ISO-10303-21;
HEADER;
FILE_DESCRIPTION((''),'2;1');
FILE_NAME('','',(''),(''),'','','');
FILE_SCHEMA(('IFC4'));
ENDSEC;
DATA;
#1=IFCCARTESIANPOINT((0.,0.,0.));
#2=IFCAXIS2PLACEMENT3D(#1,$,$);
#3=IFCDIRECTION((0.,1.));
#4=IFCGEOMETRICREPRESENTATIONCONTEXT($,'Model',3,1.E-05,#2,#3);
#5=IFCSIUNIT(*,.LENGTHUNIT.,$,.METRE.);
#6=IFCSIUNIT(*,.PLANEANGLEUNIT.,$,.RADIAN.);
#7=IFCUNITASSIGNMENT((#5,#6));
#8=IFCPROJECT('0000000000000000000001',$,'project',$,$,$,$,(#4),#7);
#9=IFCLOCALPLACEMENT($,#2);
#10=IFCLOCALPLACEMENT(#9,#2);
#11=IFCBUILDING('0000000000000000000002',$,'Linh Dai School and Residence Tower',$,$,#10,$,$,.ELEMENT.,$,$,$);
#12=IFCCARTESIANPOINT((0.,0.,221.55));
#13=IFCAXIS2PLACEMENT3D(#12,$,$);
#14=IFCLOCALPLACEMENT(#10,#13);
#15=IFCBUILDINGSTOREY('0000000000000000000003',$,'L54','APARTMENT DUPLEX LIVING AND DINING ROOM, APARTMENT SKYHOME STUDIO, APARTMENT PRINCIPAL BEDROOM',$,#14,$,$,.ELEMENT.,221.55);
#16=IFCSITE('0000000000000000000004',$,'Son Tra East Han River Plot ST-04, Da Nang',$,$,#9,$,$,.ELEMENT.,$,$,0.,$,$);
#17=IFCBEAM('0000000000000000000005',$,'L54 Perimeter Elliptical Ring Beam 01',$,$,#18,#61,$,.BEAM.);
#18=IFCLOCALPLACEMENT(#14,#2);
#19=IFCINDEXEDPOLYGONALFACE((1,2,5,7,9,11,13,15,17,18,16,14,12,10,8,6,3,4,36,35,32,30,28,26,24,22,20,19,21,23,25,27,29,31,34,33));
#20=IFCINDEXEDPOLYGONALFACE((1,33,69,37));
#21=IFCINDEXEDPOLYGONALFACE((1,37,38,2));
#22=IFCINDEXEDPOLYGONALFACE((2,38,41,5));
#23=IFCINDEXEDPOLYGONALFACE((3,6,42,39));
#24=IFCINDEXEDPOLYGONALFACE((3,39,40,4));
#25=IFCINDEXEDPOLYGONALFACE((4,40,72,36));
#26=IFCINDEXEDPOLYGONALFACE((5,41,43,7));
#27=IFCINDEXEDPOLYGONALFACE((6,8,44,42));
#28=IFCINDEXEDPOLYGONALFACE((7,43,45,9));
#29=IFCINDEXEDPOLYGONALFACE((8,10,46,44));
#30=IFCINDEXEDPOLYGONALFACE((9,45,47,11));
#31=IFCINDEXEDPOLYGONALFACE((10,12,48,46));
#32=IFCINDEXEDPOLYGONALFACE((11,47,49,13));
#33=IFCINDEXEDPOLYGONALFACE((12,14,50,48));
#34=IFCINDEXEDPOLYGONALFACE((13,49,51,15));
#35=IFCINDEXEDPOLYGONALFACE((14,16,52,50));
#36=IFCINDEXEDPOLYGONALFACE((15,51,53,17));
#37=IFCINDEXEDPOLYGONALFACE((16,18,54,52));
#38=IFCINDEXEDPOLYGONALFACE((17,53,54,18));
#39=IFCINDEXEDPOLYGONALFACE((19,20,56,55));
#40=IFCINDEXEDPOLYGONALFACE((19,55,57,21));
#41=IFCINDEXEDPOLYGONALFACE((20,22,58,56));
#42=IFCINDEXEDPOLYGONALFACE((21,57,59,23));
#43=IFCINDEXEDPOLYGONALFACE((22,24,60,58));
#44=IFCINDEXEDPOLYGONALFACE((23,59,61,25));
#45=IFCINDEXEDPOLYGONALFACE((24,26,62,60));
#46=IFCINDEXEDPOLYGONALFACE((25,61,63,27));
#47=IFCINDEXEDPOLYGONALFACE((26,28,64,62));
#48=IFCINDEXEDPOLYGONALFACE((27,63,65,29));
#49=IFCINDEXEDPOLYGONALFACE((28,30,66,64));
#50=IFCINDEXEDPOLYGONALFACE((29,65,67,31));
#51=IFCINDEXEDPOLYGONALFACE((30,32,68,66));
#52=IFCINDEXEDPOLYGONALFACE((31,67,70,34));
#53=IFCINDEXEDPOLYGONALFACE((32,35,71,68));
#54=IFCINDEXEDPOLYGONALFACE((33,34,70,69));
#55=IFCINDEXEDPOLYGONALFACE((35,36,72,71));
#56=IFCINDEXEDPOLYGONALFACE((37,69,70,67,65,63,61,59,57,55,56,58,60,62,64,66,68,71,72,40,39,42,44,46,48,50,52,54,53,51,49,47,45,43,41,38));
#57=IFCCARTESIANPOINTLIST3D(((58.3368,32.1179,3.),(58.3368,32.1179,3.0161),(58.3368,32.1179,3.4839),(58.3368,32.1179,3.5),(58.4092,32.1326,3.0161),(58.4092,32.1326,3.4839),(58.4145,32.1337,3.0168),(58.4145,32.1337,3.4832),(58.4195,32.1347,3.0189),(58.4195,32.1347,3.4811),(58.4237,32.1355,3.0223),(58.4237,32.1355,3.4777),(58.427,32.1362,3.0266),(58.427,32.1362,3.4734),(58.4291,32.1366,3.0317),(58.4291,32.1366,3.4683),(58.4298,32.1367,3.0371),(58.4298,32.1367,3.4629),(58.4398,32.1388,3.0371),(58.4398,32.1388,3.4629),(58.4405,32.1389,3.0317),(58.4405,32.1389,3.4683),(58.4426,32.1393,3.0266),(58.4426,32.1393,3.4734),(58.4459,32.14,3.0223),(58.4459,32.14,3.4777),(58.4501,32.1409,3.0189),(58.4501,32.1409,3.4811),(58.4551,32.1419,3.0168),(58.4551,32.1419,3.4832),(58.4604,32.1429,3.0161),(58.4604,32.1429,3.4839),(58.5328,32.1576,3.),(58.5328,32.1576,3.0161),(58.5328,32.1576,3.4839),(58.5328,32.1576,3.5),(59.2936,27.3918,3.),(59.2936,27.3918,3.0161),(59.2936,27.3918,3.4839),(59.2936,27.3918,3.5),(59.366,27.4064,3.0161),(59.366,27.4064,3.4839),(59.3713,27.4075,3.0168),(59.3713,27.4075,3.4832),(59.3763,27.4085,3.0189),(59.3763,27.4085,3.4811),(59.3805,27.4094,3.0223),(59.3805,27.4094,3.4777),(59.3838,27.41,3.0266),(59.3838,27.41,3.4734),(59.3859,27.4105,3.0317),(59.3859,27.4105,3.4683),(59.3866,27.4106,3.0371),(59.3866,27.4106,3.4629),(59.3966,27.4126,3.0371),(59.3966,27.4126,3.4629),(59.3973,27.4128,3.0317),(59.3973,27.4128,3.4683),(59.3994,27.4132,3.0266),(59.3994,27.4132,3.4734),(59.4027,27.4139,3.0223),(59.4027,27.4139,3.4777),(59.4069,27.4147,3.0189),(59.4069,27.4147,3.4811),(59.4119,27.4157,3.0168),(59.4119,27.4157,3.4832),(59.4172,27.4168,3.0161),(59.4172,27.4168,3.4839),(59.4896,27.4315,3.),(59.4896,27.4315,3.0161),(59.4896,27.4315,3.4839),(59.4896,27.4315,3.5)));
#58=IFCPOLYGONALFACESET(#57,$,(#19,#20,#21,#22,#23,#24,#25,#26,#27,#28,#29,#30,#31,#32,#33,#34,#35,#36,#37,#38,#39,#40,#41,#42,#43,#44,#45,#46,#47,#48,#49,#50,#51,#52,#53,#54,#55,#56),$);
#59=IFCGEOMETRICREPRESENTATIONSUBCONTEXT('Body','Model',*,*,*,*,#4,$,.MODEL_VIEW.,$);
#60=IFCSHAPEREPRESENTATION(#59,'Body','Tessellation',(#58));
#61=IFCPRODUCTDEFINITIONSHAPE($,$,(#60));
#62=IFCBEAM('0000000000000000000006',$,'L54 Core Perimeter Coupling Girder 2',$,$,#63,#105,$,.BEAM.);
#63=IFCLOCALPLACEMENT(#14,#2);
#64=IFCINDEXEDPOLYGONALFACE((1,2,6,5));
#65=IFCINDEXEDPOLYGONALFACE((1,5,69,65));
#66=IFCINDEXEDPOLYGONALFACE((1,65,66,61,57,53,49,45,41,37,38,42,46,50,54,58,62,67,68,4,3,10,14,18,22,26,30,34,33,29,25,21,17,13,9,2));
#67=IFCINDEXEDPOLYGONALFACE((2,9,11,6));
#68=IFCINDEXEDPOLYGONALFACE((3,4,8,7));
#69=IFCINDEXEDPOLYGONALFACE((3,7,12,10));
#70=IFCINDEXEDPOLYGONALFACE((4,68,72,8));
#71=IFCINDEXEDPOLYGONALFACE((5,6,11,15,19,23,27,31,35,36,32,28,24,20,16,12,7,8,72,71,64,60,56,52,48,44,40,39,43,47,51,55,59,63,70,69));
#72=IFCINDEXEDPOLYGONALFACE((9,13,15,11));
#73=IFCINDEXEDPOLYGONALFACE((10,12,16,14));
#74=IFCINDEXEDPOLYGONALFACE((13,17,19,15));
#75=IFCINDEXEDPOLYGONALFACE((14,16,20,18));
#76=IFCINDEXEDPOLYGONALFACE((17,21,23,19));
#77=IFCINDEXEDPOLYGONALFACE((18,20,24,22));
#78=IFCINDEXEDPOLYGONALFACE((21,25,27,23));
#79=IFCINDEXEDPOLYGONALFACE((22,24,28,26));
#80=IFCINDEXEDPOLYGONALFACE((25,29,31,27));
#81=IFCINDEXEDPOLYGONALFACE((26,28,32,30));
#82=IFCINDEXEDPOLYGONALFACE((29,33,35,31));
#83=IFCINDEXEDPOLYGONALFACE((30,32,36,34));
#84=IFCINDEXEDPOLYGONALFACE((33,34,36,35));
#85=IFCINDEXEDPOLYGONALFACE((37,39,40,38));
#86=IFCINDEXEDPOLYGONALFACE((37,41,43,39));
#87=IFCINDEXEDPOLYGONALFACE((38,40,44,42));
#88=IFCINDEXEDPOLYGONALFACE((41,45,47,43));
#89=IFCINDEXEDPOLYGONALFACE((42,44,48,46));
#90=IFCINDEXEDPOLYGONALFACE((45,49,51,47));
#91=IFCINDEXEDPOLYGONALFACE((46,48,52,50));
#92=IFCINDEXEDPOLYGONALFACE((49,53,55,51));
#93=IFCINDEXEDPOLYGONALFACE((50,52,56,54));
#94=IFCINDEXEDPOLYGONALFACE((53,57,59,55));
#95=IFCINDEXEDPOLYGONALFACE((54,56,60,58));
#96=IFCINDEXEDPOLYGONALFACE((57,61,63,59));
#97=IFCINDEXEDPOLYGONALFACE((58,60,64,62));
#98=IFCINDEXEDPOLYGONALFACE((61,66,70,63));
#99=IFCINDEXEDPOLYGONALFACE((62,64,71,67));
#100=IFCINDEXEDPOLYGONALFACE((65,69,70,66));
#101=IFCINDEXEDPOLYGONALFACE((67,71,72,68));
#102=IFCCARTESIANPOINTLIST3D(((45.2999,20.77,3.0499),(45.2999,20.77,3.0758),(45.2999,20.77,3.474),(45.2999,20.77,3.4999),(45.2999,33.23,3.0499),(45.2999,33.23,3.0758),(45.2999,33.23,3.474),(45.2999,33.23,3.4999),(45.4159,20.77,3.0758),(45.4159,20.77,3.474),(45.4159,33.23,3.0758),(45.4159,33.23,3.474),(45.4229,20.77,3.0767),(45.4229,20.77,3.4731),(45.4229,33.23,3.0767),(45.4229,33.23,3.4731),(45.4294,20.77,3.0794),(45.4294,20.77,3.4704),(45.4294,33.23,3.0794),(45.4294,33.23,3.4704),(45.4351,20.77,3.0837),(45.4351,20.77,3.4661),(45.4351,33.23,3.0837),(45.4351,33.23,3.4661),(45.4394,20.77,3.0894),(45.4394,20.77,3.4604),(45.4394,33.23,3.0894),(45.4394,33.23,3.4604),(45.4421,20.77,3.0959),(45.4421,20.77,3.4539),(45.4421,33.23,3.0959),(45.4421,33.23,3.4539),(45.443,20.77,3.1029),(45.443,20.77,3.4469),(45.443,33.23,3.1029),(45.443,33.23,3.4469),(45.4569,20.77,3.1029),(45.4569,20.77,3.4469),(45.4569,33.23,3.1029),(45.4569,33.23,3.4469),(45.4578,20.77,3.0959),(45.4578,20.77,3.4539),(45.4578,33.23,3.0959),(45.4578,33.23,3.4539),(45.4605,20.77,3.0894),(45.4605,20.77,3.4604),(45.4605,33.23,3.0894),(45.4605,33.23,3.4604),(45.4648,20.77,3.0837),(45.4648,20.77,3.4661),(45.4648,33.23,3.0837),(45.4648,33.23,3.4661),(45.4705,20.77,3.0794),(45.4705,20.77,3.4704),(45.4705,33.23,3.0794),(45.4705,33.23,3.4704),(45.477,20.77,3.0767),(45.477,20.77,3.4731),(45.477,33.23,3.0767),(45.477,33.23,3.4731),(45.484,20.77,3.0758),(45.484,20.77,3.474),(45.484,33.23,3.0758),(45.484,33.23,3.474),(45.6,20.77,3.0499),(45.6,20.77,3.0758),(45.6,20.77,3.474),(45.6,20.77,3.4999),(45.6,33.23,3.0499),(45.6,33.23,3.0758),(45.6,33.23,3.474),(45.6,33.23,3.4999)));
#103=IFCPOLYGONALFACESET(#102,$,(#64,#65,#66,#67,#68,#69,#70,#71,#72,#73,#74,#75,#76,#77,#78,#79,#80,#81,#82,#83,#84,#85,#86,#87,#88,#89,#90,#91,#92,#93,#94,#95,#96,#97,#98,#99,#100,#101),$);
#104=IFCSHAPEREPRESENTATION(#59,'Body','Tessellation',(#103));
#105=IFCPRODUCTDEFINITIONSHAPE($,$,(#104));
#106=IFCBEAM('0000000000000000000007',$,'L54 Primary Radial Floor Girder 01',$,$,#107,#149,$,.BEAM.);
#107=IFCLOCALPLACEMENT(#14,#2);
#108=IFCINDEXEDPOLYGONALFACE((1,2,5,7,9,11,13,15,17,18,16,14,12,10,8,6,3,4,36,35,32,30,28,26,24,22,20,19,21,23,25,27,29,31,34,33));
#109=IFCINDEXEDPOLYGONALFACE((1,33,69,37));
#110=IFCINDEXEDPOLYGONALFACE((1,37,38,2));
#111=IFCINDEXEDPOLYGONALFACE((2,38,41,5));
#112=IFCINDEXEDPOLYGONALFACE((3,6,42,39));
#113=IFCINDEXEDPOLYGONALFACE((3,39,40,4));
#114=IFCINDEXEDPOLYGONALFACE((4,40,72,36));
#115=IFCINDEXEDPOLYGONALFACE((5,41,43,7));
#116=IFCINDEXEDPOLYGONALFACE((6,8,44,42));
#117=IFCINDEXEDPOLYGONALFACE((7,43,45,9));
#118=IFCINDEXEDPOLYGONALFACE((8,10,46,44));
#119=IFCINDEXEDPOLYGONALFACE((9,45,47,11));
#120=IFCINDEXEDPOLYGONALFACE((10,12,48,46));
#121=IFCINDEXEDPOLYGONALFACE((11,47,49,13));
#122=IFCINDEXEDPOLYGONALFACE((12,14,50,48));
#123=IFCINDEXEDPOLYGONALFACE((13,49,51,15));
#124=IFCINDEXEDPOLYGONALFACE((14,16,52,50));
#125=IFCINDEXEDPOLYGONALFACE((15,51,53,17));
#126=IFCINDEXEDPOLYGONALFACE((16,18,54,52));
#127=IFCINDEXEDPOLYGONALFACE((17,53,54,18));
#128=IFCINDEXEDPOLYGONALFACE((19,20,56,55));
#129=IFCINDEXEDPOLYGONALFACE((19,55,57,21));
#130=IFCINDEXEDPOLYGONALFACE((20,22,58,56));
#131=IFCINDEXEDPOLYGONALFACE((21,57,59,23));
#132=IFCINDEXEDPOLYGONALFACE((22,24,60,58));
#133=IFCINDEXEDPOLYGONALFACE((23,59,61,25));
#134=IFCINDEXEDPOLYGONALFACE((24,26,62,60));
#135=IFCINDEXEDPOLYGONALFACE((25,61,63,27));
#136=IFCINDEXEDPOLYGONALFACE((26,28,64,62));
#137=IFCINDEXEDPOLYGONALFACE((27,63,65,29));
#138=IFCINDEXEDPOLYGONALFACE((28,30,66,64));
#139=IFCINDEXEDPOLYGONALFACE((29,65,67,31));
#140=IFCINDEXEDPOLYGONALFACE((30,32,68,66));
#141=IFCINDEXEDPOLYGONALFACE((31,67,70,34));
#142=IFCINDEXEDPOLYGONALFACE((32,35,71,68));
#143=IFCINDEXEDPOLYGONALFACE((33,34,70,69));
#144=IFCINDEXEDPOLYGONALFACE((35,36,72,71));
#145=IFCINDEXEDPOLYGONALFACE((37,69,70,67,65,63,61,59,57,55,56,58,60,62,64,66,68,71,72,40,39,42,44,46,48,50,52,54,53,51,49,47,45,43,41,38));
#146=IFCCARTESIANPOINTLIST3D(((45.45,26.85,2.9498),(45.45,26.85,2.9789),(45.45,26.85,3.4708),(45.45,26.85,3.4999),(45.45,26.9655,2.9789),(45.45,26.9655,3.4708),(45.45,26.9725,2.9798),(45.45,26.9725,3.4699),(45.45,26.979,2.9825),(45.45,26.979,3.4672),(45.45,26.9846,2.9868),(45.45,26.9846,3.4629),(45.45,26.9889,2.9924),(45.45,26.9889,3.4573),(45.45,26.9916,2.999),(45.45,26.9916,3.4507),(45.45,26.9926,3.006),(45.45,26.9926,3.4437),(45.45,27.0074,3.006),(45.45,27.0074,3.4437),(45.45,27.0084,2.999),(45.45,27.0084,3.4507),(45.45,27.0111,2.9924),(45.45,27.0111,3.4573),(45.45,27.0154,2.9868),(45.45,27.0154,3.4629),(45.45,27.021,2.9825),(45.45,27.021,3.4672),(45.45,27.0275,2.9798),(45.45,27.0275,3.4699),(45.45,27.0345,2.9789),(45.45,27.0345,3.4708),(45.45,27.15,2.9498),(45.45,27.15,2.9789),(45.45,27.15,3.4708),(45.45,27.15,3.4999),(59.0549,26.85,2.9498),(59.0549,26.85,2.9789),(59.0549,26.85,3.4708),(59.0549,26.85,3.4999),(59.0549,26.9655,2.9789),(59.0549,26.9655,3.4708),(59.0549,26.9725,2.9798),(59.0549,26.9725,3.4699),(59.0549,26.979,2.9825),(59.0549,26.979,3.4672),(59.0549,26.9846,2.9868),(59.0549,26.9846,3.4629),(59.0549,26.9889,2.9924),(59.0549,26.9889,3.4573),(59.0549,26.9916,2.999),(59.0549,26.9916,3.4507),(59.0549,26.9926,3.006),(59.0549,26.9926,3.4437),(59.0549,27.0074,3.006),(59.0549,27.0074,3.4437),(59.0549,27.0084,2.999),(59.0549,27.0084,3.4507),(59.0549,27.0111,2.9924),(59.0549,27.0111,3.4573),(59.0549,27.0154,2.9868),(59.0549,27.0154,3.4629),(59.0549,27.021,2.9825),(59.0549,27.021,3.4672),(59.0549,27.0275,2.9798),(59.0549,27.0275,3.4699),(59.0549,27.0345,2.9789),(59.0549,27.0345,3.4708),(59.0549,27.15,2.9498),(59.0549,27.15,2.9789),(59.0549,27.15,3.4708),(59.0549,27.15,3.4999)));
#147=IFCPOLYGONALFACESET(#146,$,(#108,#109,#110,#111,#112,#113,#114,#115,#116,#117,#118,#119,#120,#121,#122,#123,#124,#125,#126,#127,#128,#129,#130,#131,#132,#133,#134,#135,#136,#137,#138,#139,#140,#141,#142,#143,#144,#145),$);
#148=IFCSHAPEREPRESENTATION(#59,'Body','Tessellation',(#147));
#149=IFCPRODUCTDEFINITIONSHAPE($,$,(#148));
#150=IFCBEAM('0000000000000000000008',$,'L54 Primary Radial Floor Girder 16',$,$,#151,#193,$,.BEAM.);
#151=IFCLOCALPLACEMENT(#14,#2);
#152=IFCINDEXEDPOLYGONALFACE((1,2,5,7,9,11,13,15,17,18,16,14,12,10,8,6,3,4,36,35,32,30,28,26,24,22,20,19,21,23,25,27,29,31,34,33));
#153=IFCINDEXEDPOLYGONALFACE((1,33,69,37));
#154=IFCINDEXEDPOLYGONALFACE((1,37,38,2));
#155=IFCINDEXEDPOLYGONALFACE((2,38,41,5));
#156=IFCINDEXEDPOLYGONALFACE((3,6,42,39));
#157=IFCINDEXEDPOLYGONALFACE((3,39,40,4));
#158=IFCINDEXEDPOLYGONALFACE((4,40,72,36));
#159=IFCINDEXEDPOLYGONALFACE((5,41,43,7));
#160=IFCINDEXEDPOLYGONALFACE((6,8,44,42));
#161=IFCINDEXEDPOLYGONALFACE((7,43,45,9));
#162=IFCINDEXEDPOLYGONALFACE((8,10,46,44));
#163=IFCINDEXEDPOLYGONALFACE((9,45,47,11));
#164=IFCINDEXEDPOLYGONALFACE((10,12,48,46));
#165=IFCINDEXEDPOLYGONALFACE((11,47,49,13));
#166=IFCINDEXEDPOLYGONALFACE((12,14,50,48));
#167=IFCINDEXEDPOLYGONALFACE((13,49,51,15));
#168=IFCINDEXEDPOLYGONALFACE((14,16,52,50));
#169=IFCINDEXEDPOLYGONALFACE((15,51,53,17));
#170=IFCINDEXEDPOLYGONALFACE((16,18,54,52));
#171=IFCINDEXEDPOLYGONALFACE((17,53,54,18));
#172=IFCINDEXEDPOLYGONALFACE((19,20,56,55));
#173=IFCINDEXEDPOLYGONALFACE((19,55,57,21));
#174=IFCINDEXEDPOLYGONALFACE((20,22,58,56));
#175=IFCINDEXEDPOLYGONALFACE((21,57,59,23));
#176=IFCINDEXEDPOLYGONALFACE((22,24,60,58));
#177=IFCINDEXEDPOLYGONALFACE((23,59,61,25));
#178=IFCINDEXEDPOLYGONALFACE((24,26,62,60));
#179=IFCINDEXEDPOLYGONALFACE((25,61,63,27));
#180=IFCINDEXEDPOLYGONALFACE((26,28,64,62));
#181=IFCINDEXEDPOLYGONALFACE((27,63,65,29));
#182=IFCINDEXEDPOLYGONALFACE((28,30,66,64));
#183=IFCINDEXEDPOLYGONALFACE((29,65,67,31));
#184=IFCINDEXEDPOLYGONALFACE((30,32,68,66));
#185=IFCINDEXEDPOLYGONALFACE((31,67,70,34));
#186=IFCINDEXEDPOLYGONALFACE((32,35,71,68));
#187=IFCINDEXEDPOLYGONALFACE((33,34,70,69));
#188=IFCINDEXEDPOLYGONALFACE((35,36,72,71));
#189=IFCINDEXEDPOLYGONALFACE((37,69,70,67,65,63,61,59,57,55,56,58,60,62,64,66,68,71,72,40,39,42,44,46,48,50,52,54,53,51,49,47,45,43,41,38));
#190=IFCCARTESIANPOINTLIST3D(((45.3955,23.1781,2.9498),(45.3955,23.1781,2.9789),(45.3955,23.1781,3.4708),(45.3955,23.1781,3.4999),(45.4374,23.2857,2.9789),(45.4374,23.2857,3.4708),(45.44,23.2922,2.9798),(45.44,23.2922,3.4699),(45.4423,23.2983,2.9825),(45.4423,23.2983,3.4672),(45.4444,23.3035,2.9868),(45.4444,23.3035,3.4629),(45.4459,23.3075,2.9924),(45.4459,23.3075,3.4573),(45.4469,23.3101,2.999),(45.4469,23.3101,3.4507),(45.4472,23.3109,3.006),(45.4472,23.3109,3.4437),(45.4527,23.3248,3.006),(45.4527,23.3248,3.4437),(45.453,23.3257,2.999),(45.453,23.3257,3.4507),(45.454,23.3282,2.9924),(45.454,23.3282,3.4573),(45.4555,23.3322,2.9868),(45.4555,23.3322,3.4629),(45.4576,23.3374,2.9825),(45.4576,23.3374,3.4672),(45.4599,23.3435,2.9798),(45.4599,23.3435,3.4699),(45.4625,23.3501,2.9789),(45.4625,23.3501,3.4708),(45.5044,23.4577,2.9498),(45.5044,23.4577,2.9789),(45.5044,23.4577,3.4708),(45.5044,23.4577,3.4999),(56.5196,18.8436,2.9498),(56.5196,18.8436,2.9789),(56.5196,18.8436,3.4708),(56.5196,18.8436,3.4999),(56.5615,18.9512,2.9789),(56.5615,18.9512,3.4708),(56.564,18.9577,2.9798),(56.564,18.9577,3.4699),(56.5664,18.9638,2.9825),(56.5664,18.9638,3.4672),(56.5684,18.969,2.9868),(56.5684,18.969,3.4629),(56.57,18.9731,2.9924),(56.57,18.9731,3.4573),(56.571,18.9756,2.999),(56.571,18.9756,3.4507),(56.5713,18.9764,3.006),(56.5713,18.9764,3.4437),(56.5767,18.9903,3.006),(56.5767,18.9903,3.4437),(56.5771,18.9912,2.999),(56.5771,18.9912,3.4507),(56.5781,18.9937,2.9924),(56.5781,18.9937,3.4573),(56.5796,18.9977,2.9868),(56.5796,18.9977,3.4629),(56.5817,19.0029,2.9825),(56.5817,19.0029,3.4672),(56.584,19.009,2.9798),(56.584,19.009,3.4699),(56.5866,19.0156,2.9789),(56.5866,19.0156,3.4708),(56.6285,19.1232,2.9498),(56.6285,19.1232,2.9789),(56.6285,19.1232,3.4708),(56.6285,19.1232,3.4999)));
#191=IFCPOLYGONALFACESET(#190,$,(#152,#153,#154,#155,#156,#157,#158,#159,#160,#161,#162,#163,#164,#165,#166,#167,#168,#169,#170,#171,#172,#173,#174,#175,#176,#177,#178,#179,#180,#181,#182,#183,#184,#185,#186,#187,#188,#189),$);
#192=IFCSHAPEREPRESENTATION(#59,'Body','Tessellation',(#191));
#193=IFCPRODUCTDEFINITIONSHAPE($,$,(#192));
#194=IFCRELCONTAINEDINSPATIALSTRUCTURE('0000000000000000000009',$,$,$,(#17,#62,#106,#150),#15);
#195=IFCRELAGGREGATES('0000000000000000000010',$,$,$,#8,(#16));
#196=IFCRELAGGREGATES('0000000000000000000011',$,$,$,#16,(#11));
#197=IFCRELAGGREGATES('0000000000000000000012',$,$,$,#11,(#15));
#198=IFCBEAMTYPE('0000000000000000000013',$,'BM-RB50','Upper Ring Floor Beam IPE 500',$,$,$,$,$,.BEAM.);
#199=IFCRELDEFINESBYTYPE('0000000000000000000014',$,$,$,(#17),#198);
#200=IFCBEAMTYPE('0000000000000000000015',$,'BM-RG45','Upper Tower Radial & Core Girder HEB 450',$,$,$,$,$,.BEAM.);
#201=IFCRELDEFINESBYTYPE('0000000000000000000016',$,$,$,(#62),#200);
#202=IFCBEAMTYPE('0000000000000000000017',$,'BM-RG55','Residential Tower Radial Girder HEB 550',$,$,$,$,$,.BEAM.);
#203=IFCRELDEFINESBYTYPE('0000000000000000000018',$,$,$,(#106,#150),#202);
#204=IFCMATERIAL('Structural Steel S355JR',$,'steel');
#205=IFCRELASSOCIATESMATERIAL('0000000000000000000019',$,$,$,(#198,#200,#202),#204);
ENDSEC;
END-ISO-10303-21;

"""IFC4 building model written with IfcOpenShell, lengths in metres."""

from ifc_helpers import new_model, si_unit, direction, frame, origin, origin_2d, place, context, subcontext, project, spatial, i_section, extrude, material, material_profile, profile_set, type_object, element, save


model = new_model("IFC4")

# Units and contexts
model_context = context("Model", 3, precision=1e-05, world=origin(), true_north=direction((0.0, 1.0)))
body_context = subcontext(model_context, "Body", "Model", "MODEL_VIEW")
ifc_project = project(units=[si_unit("LENGTHUNIT", "METRE"), si_unit("PLANEANGLEUNIT", "RADIAN")], contexts=[model_context])

# Site, building, storey
site_placement = place(None, origin())
site = spatial("IfcSite", under=ifc_project, at=site_placement, Name="Son Tra East Han River Plot ST-04, Da Nang", CompositionType="ELEMENT", RefElevation=0.0)
building_placement = place(site_placement, origin())
building = spatial("IfcBuilding", under=site, at=building_placement, Name="Linh Dai School and Residence Tower", CompositionType="ELEMENT")
storey_placement = place(building_placement, frame((0.0, 0.0, 221.55)))
storey = spatial("IfcBuildingStorey", under=building, at=storey_placement, Name="L54", Description="APARTMENT DUPLEX LIVING AND DINING ROOM, APARTMENT SKYHOME STUDIO, APARTMENT PRINCIPAL BEDROOM", CompositionType="ELEMENT", Elevation=221.55)

# Shared definitions
ifc_material_1 = material(Name="Structural Steel S355JR", Category="steel")

# Beams
ifc_material_profile_1 = material_profile(ifc_material_1, i_section(OverallWidth=0.2, OverallDepth=0.5, WebThickness=0.0103, FlangeThickness=0.0161, FilletRadius=0.021, at=origin_2d()), Name="IPE 500")
ifc_profile_set_1 = profile_set([ifc_material_profile_1], Name="Structural Steel S355JR")
beam_type_1 = type_object("IfcBeamType", Name="BM-RB50", Description="Upper Ring Floor Beam IPE 500", PredefinedType="BEAM", material=ifc_profile_set_1)
beam_1_placement = place(storey_placement, frame((59.3916, 27.4116, 3.25), z_axis=(-0.198423, 0.980116, 0.0), x_axis=(-0.980116, -0.198423, 0.0)))
element("IfcBeam", 1, at=beam_1_placement, inside=storey, type_object=beam_type_1, Name="L54 Perimeter Elliptical Ring Beam 01", PredefinedType="BEAM", context=body_context, shape_type="SweptSolid", body=[
    extrude(i_section(OverallWidth=0.2, OverallDepth=0.5, WebThickness=0.0103, FlangeThickness=0.0161, FilletRadius=0.021, at=origin_2d()), origin(), (0.0, 0.0, 1.0), 4.822),
])
ifc_material_profile_2 = material_profile(ifc_material_1, i_section(OverallWidth=0.3, OverallDepth=0.45, WebThickness=0.0139, FlangeThickness=0.0259, FilletRadius=0.0271, at=origin_2d()), Name="HEB 450")
ifc_profile_set_2 = profile_set([ifc_material_profile_2], Name="Structural Steel S355JR")
beam_type_2 = type_object("IfcBeamType", Name="BM-RG45", Description="Upper Tower Radial & Core Girder HEB 450", PredefinedType="BEAM", material=ifc_profile_set_2)
beam_2_placement = place(storey_placement, frame((45.45, 20.77, 3.2749), z_axis=(0.0, 1.0, 0.0), x_axis=(-1.0, 0.0, 0.0)))
element("IfcBeam", 2, at=beam_2_placement, inside=storey, type_object=beam_type_2, Name="L54 Core Perimeter Coupling Girder 2", PredefinedType="BEAM", context=body_context, shape_type="SweptSolid", body=[
    extrude(i_section(OverallWidth=0.3, OverallDepth=0.45, WebThickness=0.0139, FlangeThickness=0.0259, FilletRadius=0.0271, at=origin_2d()), origin(), (0.0, 0.0, 1.0), 12.46),
])
ifc_material_profile_3 = material_profile(ifc_material_1, i_section(OverallWidth=0.3, OverallDepth=0.55, WebThickness=0.0149, FlangeThickness=0.0291, FilletRadius=0.0271, at=origin_2d()), Name="HEB 550")
ifc_profile_set_3 = profile_set([ifc_material_profile_3], Name="Structural Steel S355JR")
beam_type_3 = type_object("IfcBeamType", Name="BM-RG55", Description="Residential Tower Radial Girder HEB 550", PredefinedType="BEAM", material=ifc_profile_set_3)
beam_3_placement = place(storey_placement, frame((45.45, 27.0, 3.2249), z_axis=(1.0, 0.0, 0.0), x_axis=(0.0, 1.0, 0.0)))
element("IfcBeam", 3, at=beam_3_placement, inside=storey, type_object=beam_type_3, Name="L54 Primary Radial Floor Girder 01", PredefinedType="BEAM", context=body_context, shape_type="SweptSolid", body=[
    extrude(i_section(OverallWidth=0.3, OverallDepth=0.55, WebThickness=0.0149, FlangeThickness=0.0291, FilletRadius=0.0271, at=origin_2d()), origin(), (0.0, 0.0, 1.0), 13.605),
])
beam_4_placement = place(storey_placement, frame((45.45, 23.3179, 3.2249), z_axis=(0.931765, -0.363062, 0.0), x_axis=(0.363062, 0.931765, 0.0)))
element("IfcBeam", 4, at=beam_4_placement, inside=storey, type_object=beam_type_3, Name="L54 Primary Radial Floor Girder 16", PredefinedType="BEAM", context=body_context, shape_type="SweptSolid", body=[
    extrude(i_section(OverallWidth=0.3, OverallDepth=0.55, WebThickness=0.0149, FlangeThickness=0.0291, FilletRadius=0.0271, at=origin_2d()), origin(), (0.0, 0.0, 1.0), 11.9387),
])

save(model, "model.ifc")
